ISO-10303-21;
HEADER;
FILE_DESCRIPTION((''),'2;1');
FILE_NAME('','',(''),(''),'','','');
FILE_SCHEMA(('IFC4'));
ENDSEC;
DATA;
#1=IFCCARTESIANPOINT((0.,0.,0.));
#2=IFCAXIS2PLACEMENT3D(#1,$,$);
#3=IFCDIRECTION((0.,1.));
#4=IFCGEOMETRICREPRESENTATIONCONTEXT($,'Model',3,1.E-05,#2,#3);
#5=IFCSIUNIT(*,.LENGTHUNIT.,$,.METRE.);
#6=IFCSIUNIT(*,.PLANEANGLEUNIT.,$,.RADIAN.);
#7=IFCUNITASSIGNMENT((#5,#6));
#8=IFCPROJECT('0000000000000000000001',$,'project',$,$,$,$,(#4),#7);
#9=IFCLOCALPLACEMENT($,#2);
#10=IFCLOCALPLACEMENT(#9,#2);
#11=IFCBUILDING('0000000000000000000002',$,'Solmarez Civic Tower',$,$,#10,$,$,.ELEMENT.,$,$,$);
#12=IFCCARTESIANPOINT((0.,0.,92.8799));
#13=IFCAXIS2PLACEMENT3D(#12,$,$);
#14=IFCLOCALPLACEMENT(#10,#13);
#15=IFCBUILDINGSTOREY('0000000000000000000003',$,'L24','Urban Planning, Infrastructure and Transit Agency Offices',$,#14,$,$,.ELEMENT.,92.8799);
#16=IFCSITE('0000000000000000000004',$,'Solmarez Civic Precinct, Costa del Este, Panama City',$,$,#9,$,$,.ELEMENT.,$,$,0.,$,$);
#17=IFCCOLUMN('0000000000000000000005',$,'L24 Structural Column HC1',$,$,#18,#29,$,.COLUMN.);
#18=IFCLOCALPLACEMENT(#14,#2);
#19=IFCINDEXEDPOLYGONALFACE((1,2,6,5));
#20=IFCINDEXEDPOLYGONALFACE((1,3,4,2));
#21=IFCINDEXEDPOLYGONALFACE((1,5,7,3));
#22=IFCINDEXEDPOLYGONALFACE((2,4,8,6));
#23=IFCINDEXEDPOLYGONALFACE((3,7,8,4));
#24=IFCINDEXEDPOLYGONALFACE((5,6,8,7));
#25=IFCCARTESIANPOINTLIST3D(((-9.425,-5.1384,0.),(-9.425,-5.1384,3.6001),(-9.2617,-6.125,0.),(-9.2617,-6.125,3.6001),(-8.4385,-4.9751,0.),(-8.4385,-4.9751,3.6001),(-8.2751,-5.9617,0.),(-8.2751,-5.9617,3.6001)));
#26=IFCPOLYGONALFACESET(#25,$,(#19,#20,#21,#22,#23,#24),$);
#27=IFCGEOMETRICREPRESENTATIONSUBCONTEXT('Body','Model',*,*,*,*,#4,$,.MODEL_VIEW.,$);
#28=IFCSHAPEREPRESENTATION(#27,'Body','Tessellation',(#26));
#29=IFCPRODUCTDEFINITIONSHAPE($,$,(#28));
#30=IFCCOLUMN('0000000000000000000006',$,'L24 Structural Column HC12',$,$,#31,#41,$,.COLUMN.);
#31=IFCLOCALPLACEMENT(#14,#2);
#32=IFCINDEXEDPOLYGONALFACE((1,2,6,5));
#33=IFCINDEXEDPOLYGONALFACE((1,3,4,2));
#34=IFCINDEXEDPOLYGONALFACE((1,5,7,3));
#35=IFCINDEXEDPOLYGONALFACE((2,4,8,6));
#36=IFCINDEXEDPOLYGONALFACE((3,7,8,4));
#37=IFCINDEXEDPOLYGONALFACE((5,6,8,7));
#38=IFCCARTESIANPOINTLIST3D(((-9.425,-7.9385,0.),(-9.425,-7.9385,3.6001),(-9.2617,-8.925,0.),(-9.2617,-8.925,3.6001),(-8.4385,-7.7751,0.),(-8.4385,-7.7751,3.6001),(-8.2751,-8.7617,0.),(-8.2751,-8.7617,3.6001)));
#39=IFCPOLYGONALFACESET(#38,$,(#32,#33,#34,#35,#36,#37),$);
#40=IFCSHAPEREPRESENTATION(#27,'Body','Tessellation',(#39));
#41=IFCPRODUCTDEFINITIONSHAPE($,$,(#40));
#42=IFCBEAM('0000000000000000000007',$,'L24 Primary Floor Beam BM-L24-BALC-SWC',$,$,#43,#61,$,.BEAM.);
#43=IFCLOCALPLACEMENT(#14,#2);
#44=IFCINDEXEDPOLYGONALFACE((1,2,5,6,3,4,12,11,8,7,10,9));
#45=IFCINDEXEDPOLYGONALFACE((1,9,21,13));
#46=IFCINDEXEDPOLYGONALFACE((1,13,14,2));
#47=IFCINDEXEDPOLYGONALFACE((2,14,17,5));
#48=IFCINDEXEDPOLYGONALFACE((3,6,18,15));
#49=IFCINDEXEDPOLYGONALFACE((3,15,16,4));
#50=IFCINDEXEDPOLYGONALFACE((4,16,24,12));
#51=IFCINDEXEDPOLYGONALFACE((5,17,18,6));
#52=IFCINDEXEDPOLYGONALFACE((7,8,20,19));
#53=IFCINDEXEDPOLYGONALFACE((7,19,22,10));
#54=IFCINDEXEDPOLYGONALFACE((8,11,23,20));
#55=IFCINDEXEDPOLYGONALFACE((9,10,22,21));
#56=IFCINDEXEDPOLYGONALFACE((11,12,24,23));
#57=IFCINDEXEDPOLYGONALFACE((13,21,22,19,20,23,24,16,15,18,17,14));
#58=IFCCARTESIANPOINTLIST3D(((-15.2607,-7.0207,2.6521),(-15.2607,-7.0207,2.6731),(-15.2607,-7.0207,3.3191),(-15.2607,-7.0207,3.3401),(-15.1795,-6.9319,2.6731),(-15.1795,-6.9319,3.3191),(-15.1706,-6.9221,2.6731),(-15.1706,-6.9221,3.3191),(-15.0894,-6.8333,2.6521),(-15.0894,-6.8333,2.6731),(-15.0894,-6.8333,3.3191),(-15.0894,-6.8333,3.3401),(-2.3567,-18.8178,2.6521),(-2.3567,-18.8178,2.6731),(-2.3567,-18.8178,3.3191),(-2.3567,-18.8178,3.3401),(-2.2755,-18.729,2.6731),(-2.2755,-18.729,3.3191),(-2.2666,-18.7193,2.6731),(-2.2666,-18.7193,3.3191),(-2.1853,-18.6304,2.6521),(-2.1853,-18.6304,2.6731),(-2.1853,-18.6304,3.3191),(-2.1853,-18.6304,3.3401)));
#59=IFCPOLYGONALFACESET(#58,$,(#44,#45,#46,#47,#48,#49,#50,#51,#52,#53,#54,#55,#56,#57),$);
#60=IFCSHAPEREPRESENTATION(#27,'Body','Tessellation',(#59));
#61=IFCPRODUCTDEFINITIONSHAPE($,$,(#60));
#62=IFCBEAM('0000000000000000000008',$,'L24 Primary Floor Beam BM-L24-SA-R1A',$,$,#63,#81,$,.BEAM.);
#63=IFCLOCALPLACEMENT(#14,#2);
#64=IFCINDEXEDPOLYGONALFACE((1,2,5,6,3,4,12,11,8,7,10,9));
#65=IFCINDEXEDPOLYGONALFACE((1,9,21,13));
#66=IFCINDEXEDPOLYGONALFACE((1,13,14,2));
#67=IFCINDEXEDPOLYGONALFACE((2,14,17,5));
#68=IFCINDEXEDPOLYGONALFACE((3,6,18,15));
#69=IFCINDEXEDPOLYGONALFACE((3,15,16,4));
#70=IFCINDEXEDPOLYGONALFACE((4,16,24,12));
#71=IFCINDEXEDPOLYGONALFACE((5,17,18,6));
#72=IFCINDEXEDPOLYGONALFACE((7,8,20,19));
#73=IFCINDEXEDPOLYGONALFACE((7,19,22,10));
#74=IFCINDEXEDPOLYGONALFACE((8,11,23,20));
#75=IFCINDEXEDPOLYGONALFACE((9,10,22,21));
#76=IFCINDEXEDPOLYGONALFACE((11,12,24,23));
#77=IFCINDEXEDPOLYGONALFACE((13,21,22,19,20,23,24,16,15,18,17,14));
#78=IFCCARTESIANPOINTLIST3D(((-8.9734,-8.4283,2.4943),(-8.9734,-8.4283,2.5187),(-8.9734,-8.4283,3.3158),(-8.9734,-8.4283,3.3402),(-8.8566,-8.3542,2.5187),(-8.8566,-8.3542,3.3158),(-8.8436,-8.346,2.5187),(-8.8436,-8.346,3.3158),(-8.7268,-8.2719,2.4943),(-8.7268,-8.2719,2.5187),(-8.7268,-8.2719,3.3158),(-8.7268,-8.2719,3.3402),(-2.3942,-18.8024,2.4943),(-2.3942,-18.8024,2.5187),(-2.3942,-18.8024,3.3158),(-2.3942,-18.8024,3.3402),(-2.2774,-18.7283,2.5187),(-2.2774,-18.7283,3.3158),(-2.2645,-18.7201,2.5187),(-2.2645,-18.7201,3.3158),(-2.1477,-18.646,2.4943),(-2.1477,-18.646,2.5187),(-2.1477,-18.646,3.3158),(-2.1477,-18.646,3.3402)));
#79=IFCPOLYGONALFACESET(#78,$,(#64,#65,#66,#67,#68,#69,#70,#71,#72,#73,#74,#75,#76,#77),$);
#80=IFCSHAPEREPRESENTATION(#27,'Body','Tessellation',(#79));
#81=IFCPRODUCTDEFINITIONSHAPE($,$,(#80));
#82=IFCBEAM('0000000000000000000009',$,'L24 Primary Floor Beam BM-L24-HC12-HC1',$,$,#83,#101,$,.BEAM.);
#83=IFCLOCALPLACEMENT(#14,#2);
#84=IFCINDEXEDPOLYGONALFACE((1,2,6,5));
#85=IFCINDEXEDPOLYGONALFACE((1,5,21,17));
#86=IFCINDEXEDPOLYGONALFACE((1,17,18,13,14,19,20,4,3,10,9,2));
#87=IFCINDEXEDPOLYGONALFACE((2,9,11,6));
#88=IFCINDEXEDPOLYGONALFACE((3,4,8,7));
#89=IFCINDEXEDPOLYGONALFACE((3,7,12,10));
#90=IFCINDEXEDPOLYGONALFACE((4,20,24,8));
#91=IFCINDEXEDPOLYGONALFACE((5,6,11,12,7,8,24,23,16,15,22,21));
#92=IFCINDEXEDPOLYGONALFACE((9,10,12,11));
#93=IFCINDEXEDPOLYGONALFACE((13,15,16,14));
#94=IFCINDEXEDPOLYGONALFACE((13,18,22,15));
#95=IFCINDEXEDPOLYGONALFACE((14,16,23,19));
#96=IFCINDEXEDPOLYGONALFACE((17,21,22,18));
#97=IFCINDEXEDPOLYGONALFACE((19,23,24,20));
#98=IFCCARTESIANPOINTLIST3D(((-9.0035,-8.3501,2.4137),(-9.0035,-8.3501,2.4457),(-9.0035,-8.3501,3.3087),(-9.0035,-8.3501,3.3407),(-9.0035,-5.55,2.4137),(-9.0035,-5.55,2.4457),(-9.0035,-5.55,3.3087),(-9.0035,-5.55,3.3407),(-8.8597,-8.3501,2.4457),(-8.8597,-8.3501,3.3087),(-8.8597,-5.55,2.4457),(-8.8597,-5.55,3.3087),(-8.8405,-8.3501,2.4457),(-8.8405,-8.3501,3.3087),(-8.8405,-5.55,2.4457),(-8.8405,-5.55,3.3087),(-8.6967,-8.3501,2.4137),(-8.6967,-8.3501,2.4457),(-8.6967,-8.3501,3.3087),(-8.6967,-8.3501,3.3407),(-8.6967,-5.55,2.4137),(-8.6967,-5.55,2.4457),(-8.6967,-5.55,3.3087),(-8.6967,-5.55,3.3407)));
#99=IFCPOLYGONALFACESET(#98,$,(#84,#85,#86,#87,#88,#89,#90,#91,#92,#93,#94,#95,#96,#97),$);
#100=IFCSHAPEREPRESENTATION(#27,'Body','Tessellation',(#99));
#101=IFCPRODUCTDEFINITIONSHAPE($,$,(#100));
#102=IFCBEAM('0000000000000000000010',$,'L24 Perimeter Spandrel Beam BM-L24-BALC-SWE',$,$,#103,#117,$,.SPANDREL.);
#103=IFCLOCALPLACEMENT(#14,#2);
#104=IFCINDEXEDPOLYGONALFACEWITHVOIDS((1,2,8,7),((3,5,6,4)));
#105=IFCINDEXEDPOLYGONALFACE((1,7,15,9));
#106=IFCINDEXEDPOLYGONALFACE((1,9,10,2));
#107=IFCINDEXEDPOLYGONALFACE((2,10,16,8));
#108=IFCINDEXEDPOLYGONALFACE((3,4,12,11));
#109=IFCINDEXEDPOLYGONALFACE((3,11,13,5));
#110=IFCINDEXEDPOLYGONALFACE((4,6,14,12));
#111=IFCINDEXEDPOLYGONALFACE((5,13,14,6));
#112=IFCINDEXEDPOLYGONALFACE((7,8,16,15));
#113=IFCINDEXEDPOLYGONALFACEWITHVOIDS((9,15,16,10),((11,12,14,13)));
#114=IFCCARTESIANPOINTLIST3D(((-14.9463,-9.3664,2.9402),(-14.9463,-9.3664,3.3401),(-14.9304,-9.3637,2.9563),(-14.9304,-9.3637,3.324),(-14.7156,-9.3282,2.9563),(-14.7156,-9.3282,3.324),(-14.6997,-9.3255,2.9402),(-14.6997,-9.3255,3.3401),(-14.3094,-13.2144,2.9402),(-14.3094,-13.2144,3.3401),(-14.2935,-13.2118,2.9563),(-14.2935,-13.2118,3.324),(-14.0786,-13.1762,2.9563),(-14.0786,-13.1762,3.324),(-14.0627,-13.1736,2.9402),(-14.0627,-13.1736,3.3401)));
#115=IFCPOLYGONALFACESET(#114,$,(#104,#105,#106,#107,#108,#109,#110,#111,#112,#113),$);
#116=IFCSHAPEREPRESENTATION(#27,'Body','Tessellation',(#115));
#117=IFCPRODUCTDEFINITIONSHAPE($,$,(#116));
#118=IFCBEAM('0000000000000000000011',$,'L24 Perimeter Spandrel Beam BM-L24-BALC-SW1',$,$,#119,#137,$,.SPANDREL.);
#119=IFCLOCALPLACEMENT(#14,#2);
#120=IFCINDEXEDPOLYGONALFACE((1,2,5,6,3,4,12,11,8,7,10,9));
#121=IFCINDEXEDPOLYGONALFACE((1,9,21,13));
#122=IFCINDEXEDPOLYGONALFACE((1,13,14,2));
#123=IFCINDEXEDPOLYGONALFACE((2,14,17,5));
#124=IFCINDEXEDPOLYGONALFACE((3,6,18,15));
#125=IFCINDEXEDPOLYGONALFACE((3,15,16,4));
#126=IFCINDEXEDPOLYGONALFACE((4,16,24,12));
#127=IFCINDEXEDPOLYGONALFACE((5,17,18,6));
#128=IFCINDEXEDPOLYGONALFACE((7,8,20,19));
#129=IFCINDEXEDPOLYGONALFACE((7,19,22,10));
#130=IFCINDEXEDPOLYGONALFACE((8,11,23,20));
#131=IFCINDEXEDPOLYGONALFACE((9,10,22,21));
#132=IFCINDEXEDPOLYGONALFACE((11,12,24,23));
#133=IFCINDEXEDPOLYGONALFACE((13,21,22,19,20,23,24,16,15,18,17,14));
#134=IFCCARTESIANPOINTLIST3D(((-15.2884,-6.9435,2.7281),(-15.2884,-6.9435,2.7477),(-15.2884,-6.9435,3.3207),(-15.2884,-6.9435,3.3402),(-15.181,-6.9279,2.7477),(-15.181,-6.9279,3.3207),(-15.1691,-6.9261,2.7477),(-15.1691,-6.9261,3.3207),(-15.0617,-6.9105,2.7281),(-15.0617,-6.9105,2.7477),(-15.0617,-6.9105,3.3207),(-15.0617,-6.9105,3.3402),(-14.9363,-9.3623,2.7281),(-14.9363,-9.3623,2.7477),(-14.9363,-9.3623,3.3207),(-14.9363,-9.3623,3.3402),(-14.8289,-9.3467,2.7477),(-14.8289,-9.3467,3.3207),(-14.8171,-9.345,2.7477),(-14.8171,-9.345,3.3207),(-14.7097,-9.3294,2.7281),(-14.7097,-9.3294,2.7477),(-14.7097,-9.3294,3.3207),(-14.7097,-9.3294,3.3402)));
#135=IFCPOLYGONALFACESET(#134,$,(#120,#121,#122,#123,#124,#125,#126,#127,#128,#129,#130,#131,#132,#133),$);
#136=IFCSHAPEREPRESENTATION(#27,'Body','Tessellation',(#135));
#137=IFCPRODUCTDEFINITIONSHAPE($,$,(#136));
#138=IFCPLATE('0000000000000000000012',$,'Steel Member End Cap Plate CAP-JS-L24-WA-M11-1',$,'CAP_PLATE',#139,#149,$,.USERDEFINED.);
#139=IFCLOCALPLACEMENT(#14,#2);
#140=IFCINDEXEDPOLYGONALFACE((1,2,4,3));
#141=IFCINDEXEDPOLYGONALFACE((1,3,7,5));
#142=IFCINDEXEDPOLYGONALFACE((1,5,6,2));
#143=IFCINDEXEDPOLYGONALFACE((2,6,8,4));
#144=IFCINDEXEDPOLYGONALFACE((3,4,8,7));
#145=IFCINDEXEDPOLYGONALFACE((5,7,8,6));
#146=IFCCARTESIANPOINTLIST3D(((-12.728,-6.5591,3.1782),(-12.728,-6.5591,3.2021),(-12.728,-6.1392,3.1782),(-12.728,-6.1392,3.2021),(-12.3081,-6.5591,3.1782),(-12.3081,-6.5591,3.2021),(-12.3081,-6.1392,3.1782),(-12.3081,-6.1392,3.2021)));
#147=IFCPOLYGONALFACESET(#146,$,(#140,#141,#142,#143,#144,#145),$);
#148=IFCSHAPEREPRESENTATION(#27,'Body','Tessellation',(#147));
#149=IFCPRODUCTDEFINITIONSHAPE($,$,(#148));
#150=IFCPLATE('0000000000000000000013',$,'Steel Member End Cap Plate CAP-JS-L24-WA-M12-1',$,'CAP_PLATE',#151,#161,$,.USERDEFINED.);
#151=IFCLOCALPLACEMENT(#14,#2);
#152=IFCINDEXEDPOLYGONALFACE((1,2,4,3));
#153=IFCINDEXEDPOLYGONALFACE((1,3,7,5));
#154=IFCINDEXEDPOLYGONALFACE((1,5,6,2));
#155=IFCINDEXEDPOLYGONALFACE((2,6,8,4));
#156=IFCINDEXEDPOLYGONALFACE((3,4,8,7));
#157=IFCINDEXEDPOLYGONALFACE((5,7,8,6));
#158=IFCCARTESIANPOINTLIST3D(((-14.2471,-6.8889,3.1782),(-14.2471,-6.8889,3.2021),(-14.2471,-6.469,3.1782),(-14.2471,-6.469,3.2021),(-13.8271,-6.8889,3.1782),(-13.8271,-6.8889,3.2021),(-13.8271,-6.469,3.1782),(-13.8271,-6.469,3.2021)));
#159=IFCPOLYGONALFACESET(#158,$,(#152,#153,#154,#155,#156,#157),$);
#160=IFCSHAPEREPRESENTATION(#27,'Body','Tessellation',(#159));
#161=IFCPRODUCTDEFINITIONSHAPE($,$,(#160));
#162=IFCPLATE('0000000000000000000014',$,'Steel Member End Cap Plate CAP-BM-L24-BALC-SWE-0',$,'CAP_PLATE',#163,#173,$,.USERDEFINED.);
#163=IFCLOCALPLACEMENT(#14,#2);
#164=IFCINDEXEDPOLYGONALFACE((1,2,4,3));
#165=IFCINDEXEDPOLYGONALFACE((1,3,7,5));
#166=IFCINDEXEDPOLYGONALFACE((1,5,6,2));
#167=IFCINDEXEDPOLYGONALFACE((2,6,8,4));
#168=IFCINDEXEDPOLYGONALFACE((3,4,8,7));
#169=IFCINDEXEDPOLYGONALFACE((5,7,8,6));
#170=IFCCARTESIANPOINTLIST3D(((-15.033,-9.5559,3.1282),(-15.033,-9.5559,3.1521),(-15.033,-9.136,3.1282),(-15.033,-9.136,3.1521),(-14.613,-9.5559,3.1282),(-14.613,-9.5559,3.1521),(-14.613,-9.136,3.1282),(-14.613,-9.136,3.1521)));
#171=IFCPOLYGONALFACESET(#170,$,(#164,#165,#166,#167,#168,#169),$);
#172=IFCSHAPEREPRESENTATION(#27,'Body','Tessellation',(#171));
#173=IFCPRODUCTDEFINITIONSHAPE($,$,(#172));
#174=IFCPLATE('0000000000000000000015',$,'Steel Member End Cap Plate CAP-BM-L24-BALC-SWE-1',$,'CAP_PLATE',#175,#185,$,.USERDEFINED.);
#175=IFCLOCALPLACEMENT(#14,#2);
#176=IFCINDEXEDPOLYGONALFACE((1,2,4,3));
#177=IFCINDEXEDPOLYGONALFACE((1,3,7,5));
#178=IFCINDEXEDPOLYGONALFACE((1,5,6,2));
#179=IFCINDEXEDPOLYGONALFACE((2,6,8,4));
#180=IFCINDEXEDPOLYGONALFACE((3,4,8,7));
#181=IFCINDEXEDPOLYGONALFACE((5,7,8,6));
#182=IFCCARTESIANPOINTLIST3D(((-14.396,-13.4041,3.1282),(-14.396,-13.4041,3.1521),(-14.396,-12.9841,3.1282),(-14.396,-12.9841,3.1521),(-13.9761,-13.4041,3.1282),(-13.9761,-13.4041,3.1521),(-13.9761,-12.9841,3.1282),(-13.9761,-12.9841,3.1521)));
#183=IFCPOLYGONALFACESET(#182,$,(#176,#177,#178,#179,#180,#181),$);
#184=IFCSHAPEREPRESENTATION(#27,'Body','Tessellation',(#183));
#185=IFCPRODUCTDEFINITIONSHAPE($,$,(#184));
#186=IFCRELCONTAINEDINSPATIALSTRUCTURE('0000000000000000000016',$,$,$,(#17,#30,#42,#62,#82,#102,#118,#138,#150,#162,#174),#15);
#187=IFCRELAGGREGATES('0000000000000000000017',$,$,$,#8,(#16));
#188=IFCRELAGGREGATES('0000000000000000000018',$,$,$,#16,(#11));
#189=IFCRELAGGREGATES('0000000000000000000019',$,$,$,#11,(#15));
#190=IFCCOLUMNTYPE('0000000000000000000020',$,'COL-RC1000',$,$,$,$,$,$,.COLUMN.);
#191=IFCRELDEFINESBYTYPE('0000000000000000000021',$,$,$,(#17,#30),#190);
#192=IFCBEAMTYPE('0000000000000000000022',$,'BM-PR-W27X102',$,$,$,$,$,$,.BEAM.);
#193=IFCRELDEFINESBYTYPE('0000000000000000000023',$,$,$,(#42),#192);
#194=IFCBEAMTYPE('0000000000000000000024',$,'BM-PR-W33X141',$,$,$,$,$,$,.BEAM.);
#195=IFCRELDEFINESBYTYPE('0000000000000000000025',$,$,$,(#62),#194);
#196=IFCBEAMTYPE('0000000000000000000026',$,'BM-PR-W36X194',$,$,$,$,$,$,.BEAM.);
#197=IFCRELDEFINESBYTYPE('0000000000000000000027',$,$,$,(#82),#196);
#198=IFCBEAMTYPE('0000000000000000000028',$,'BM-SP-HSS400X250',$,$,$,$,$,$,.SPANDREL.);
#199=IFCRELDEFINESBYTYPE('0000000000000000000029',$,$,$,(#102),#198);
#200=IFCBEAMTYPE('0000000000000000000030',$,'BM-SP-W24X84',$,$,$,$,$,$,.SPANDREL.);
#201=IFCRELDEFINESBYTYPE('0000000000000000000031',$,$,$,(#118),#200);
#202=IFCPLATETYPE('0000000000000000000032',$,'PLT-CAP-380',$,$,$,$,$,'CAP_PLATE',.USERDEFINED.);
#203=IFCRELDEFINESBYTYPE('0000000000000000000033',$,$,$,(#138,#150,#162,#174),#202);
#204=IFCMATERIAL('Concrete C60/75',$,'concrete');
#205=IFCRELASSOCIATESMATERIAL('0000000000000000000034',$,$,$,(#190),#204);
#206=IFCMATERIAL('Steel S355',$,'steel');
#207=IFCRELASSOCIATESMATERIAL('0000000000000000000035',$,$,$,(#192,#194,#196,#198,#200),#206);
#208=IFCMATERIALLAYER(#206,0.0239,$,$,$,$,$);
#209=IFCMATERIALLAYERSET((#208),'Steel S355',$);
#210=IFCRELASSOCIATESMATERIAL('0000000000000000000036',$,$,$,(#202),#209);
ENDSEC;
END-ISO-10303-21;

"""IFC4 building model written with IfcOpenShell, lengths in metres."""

from ifc_helpers import new_model, si_unit, direction, frame, origin, origin_2d, place, context, subcontext, project, spatial, rectangle, hollow_rectangle, i_section, extrude, material, layer, layer_set, material_profile, profile_set, type_object, element, save


model = new_model("IFC4")

# Units and contexts
model_context = context("Model", 3, precision=1e-05, world=origin(), true_north=direction((0.0, 1.0)))
body_context = subcontext(model_context, "Body", "Model", "MODEL_VIEW")
ifc_project = project(units=[si_unit("LENGTHUNIT", "METRE"), si_unit("PLANEANGLEUNIT", "RADIAN")], contexts=[model_context])

# Site, building, storey
site_placement = place(None, origin())
site = spatial("IfcSite", under=ifc_project, at=site_placement, Name="Solmarez Civic Precinct, Costa del Este, Panama City", CompositionType="ELEMENT", RefElevation=0.0)
building_placement = place(site_placement, origin())
building = spatial("IfcBuilding", under=site, at=building_placement, Name="Solmarez Civic Tower", CompositionType="ELEMENT")
storey_placement = place(building_placement, frame((0.0, 0.0, 92.8799)))
storey = spatial("IfcBuildingStorey", under=building, at=storey_placement, Name="L24", Description="Urban Planning, Infrastructure and Transit Agency Offices", CompositionType="ELEMENT", Elevation=92.8799)

# Columns
ifc_material_1 = material(Name="Concrete C60/75", Category="concrete")
ifc_material_profile_1 = material_profile(ifc_material_1, rectangle(XDim=1.0, YDim=1.0, at=origin_2d()), Name="RC1000X1000")
ifc_profile_set_1 = profile_set([ifc_material_profile_1], Name="Concrete C60/75")
column_type = type_object("IfcColumnType", Name="COL-RC1000", PredefinedType="COLUMN", material=ifc_profile_set_1)
for number, where, z_axis, x_axis, name in (
    (1, (-8.8501, -5.55, 0.0), (0.0, 0.0, 1.0), (0.986572, 0.163326, 0.0), "L24 Structural Column HC1"),
    (2, (-8.8501, -8.3501, 0.0), (0.0, 0.0, 1.0), (0.986572, 0.163326, 0.0), "L24 Structural Column HC12"),
):
    element("IfcColumn", number, at=place(storey_placement, frame(where, z_axis=z_axis, x_axis=x_axis)), inside=storey, type_object=column_type, Name=name, PredefinedType="COLUMN", context=body_context, shape_type="SweptSolid", body=[
        extrude(rectangle(XDim=1.0, YDim=1.0, at=origin_2d()), origin(), (0.0, 0.0, 1.0), 3.6001),
    ])

# Beams
ifc_material_2 = material(Name="Steel S355", Category="steel")
ifc_material_profile_2 = material_profile(ifc_material_2, i_section(OverallWidth=0.2539, OverallDepth=0.688, WebThickness=0.0132, FlangeThickness=0.021, at=origin_2d()), Name="W27X102")
ifc_profile_set_2 = profile_set([ifc_material_profile_2], Name="Steel S355")
beam_type_1 = type_object("IfcBeamType", Name="BM-PR-W27X102", PredefinedType="BEAM", material=ifc_profile_set_2)
beam_1_placement = place(storey_placement, frame((-15.175, -6.927, 2.9961), z_axis=(0.738054, -0.674742, 0.0), x_axis=(0.674742, 0.738054, 0.0)))
element("IfcBeam", 3, at=beam_1_placement, inside=storey, type_object=beam_type_1, Name="L24 Primary Floor Beam BM-L24-BALC-SWC", PredefinedType="BEAM", context=body_context, shape_type="SweptSolid", body=[
    extrude(i_section(OverallWidth=0.2539, OverallDepth=0.688, WebThickness=0.0132, FlangeThickness=0.021, at=origin_2d()), origin(), (0.0, 0.0, 1.0), 17.4839),
])
ifc_material_profile_3 = material_profile(ifc_material_2, i_section(OverallWidth=0.292, OverallDepth=0.8459, WebThickness=0.0154, FlangeThickness=0.0244, at=origin_2d()), Name="W33X141")
ifc_profile_set_3 = profile_set([ifc_material_profile_3], Name="Steel S355")
beam_type_2 = type_object("IfcBeamType", Name="BM-PR-W33X141", PredefinedType="BEAM", material=ifc_profile_set_3)
beam_2_placement = place(storey_placement, frame((-8.8501, -8.3501, 2.9172), z_axis=(0.535568, -0.844492, 0.0), x_axis=(0.844492, 0.535568, 0.0)))
element("IfcBeam", 4, at=beam_2_placement, inside=storey, type_object=beam_type_2, Name="L24 Primary Floor Beam BM-L24-SA-R1A", PredefinedType="BEAM", context=body_context, shape_type="SweptSolid", body=[
    extrude(i_section(OverallWidth=0.292, OverallDepth=0.8459, WebThickness=0.0154, FlangeThickness=0.0244, at=origin_2d()), origin(), (0.0, 0.0, 1.0), 12.2844),
])
ifc_material_profile_4 = material_profile(ifc_material_2, i_section(OverallWidth=0.3069, OverallDepth=0.927, WebThickness=0.0193, FlangeThickness=0.032, at=origin_2d()), Name="W36X194")
ifc_profile_set_4 = profile_set([ifc_material_profile_4], Name="Steel S355")
beam_type_3 = type_object("IfcBeamType", Name="BM-PR-W36X194", PredefinedType="BEAM", material=ifc_profile_set_4)
beam_3_placement = place(storey_placement, frame((-8.8501, -8.3501, 2.8772), z_axis=(0.0, 1.0, 0.0), x_axis=(-1.0, 0.0, 0.0)))
element("IfcBeam", 5, at=beam_3_placement, inside=storey, type_object=beam_type_3, Name="L24 Primary Floor Beam BM-L24-HC12-HC1", PredefinedType="BEAM", context=body_context, shape_type="SweptSolid", body=[
    extrude(i_section(OverallWidth=0.3069, OverallDepth=0.927, WebThickness=0.0193, FlangeThickness=0.032, at=origin_2d()), origin(), (0.0, 0.0, 1.0), 2.8),
])
ifc_material_profile_5 = material_profile(ifc_material_2, hollow_rectangle(XDim=0.25, YDim=0.3999, WallThickness=0.0161, at=origin_2d()), Name="HSS400X250X16")
ifc_profile_set_5 = profile_set([ifc_material_profile_5], Name="Steel S355")
beam_type_4 = type_object("IfcBeamType", Name="BM-SP-HSS400X250", PredefinedType="SPANDREL", material=ifc_profile_set_5)
beam_4_placement = place(storey_placement, frame((-14.823, -9.3459, 3.1401), z_axis=(0.163303, -0.986576, 0.0), x_axis=(0.986576, 0.163303, 0.0)))
element("IfcBeam", 6, at=beam_4_placement, inside=storey, type_object=beam_type_4, Name="L24 Perimeter Spandrel Beam BM-L24-BALC-SWE", PredefinedType="SPANDREL", context=body_context, shape_type="SweptSolid", body=[
    extrude(hollow_rectangle(XDim=0.25, YDim=0.3999, WallThickness=0.0161, at=origin_2d()), origin(), (0.0, 0.0, 1.0), 3.9004),
])
ifc_material_profile_6 = material_profile(ifc_material_2, i_section(OverallWidth=0.229, OverallDepth=0.6121, WebThickness=0.012, FlangeThickness=0.0195, at=origin_2d()), Name="W24X84")
ifc_profile_set_6 = profile_set([ifc_material_profile_6], Name="Steel S355")
beam_type_5 = type_object("IfcBeamType", Name="BM-SP-W24X84", PredefinedType="SPANDREL", material=ifc_profile_set_6)
beam_5_placement = place(storey_placement, frame((-15.175, -6.927, 3.0342), z_axis=(0.144022, -0.989575, 0.0), x_axis=(0.989575, 0.144022, 0.0)))
element("IfcBeam", 7, at=beam_5_placement, inside=storey, type_object=beam_type_5, Name="L24 Perimeter Spandrel Beam BM-L24-BALC-SW1", PredefinedType="SPANDREL", context=body_context, shape_type="SweptSolid", body=[
    extrude(i_section(OverallWidth=0.229, OverallDepth=0.6121, WebThickness=0.012, FlangeThickness=0.0195, at=origin_2d()), origin(), (0.0, 0.0, 1.0), 2.4443),
])

# Plates
ifc_layer_1 = layer(ifc_material_2, 0.0239)
ifc_layer_set_1 = layer_set([ifc_layer_1], Name="Steel S355")
plate_type = type_object("IfcPlateType", Name="PLT-CAP-380", ElementType="CAP_PLATE", PredefinedType="USERDEFINED", material=ifc_layer_set_1)
for number, where, z_axis, x_axis, name in (
    (8, (-12.5181, -6.3491, 3.1782), (0.0, 0.0, 1.0), (1.0, 0.0, 0.0), "Steel Member End Cap Plate CAP-JS-L24-WA-M11-1"),
    (9, (-14.0371, -6.679, 3.1782), (0.0, 0.0, 1.0), (1.0, 0.0, 0.0), "Steel Member End Cap Plate CAP-JS-L24-WA-M12-1"),
    (10, (-14.823, -9.3459, 3.1282), (0.0, 0.0, 1.0), (1.0, 0.0, 0.0), "Steel Member End Cap Plate CAP-BM-L24-BALC-SWE-0"),
    (11, (-14.186, -13.1941, 3.1282), (0.0, 0.0, 1.0), (1.0, 0.0, 0.0), "Steel Member End Cap Plate CAP-BM-L24-BALC-SWE-1"),
):
    element("IfcPlate", number, at=place(storey_placement, frame(where, z_axis=z_axis, x_axis=x_axis)), inside=storey, type_object=plate_type, Name=name, ObjectType="CAP_PLATE", PredefinedType="USERDEFINED", context=body_context, shape_type="SweptSolid", body=[
        extrude(rectangle(XDim=0.4199, YDim=0.4199, at=origin_2d()), origin(), (0.0, 0.0, 1.0), 0.0239),
    ])

save(model, "model.ifc")
